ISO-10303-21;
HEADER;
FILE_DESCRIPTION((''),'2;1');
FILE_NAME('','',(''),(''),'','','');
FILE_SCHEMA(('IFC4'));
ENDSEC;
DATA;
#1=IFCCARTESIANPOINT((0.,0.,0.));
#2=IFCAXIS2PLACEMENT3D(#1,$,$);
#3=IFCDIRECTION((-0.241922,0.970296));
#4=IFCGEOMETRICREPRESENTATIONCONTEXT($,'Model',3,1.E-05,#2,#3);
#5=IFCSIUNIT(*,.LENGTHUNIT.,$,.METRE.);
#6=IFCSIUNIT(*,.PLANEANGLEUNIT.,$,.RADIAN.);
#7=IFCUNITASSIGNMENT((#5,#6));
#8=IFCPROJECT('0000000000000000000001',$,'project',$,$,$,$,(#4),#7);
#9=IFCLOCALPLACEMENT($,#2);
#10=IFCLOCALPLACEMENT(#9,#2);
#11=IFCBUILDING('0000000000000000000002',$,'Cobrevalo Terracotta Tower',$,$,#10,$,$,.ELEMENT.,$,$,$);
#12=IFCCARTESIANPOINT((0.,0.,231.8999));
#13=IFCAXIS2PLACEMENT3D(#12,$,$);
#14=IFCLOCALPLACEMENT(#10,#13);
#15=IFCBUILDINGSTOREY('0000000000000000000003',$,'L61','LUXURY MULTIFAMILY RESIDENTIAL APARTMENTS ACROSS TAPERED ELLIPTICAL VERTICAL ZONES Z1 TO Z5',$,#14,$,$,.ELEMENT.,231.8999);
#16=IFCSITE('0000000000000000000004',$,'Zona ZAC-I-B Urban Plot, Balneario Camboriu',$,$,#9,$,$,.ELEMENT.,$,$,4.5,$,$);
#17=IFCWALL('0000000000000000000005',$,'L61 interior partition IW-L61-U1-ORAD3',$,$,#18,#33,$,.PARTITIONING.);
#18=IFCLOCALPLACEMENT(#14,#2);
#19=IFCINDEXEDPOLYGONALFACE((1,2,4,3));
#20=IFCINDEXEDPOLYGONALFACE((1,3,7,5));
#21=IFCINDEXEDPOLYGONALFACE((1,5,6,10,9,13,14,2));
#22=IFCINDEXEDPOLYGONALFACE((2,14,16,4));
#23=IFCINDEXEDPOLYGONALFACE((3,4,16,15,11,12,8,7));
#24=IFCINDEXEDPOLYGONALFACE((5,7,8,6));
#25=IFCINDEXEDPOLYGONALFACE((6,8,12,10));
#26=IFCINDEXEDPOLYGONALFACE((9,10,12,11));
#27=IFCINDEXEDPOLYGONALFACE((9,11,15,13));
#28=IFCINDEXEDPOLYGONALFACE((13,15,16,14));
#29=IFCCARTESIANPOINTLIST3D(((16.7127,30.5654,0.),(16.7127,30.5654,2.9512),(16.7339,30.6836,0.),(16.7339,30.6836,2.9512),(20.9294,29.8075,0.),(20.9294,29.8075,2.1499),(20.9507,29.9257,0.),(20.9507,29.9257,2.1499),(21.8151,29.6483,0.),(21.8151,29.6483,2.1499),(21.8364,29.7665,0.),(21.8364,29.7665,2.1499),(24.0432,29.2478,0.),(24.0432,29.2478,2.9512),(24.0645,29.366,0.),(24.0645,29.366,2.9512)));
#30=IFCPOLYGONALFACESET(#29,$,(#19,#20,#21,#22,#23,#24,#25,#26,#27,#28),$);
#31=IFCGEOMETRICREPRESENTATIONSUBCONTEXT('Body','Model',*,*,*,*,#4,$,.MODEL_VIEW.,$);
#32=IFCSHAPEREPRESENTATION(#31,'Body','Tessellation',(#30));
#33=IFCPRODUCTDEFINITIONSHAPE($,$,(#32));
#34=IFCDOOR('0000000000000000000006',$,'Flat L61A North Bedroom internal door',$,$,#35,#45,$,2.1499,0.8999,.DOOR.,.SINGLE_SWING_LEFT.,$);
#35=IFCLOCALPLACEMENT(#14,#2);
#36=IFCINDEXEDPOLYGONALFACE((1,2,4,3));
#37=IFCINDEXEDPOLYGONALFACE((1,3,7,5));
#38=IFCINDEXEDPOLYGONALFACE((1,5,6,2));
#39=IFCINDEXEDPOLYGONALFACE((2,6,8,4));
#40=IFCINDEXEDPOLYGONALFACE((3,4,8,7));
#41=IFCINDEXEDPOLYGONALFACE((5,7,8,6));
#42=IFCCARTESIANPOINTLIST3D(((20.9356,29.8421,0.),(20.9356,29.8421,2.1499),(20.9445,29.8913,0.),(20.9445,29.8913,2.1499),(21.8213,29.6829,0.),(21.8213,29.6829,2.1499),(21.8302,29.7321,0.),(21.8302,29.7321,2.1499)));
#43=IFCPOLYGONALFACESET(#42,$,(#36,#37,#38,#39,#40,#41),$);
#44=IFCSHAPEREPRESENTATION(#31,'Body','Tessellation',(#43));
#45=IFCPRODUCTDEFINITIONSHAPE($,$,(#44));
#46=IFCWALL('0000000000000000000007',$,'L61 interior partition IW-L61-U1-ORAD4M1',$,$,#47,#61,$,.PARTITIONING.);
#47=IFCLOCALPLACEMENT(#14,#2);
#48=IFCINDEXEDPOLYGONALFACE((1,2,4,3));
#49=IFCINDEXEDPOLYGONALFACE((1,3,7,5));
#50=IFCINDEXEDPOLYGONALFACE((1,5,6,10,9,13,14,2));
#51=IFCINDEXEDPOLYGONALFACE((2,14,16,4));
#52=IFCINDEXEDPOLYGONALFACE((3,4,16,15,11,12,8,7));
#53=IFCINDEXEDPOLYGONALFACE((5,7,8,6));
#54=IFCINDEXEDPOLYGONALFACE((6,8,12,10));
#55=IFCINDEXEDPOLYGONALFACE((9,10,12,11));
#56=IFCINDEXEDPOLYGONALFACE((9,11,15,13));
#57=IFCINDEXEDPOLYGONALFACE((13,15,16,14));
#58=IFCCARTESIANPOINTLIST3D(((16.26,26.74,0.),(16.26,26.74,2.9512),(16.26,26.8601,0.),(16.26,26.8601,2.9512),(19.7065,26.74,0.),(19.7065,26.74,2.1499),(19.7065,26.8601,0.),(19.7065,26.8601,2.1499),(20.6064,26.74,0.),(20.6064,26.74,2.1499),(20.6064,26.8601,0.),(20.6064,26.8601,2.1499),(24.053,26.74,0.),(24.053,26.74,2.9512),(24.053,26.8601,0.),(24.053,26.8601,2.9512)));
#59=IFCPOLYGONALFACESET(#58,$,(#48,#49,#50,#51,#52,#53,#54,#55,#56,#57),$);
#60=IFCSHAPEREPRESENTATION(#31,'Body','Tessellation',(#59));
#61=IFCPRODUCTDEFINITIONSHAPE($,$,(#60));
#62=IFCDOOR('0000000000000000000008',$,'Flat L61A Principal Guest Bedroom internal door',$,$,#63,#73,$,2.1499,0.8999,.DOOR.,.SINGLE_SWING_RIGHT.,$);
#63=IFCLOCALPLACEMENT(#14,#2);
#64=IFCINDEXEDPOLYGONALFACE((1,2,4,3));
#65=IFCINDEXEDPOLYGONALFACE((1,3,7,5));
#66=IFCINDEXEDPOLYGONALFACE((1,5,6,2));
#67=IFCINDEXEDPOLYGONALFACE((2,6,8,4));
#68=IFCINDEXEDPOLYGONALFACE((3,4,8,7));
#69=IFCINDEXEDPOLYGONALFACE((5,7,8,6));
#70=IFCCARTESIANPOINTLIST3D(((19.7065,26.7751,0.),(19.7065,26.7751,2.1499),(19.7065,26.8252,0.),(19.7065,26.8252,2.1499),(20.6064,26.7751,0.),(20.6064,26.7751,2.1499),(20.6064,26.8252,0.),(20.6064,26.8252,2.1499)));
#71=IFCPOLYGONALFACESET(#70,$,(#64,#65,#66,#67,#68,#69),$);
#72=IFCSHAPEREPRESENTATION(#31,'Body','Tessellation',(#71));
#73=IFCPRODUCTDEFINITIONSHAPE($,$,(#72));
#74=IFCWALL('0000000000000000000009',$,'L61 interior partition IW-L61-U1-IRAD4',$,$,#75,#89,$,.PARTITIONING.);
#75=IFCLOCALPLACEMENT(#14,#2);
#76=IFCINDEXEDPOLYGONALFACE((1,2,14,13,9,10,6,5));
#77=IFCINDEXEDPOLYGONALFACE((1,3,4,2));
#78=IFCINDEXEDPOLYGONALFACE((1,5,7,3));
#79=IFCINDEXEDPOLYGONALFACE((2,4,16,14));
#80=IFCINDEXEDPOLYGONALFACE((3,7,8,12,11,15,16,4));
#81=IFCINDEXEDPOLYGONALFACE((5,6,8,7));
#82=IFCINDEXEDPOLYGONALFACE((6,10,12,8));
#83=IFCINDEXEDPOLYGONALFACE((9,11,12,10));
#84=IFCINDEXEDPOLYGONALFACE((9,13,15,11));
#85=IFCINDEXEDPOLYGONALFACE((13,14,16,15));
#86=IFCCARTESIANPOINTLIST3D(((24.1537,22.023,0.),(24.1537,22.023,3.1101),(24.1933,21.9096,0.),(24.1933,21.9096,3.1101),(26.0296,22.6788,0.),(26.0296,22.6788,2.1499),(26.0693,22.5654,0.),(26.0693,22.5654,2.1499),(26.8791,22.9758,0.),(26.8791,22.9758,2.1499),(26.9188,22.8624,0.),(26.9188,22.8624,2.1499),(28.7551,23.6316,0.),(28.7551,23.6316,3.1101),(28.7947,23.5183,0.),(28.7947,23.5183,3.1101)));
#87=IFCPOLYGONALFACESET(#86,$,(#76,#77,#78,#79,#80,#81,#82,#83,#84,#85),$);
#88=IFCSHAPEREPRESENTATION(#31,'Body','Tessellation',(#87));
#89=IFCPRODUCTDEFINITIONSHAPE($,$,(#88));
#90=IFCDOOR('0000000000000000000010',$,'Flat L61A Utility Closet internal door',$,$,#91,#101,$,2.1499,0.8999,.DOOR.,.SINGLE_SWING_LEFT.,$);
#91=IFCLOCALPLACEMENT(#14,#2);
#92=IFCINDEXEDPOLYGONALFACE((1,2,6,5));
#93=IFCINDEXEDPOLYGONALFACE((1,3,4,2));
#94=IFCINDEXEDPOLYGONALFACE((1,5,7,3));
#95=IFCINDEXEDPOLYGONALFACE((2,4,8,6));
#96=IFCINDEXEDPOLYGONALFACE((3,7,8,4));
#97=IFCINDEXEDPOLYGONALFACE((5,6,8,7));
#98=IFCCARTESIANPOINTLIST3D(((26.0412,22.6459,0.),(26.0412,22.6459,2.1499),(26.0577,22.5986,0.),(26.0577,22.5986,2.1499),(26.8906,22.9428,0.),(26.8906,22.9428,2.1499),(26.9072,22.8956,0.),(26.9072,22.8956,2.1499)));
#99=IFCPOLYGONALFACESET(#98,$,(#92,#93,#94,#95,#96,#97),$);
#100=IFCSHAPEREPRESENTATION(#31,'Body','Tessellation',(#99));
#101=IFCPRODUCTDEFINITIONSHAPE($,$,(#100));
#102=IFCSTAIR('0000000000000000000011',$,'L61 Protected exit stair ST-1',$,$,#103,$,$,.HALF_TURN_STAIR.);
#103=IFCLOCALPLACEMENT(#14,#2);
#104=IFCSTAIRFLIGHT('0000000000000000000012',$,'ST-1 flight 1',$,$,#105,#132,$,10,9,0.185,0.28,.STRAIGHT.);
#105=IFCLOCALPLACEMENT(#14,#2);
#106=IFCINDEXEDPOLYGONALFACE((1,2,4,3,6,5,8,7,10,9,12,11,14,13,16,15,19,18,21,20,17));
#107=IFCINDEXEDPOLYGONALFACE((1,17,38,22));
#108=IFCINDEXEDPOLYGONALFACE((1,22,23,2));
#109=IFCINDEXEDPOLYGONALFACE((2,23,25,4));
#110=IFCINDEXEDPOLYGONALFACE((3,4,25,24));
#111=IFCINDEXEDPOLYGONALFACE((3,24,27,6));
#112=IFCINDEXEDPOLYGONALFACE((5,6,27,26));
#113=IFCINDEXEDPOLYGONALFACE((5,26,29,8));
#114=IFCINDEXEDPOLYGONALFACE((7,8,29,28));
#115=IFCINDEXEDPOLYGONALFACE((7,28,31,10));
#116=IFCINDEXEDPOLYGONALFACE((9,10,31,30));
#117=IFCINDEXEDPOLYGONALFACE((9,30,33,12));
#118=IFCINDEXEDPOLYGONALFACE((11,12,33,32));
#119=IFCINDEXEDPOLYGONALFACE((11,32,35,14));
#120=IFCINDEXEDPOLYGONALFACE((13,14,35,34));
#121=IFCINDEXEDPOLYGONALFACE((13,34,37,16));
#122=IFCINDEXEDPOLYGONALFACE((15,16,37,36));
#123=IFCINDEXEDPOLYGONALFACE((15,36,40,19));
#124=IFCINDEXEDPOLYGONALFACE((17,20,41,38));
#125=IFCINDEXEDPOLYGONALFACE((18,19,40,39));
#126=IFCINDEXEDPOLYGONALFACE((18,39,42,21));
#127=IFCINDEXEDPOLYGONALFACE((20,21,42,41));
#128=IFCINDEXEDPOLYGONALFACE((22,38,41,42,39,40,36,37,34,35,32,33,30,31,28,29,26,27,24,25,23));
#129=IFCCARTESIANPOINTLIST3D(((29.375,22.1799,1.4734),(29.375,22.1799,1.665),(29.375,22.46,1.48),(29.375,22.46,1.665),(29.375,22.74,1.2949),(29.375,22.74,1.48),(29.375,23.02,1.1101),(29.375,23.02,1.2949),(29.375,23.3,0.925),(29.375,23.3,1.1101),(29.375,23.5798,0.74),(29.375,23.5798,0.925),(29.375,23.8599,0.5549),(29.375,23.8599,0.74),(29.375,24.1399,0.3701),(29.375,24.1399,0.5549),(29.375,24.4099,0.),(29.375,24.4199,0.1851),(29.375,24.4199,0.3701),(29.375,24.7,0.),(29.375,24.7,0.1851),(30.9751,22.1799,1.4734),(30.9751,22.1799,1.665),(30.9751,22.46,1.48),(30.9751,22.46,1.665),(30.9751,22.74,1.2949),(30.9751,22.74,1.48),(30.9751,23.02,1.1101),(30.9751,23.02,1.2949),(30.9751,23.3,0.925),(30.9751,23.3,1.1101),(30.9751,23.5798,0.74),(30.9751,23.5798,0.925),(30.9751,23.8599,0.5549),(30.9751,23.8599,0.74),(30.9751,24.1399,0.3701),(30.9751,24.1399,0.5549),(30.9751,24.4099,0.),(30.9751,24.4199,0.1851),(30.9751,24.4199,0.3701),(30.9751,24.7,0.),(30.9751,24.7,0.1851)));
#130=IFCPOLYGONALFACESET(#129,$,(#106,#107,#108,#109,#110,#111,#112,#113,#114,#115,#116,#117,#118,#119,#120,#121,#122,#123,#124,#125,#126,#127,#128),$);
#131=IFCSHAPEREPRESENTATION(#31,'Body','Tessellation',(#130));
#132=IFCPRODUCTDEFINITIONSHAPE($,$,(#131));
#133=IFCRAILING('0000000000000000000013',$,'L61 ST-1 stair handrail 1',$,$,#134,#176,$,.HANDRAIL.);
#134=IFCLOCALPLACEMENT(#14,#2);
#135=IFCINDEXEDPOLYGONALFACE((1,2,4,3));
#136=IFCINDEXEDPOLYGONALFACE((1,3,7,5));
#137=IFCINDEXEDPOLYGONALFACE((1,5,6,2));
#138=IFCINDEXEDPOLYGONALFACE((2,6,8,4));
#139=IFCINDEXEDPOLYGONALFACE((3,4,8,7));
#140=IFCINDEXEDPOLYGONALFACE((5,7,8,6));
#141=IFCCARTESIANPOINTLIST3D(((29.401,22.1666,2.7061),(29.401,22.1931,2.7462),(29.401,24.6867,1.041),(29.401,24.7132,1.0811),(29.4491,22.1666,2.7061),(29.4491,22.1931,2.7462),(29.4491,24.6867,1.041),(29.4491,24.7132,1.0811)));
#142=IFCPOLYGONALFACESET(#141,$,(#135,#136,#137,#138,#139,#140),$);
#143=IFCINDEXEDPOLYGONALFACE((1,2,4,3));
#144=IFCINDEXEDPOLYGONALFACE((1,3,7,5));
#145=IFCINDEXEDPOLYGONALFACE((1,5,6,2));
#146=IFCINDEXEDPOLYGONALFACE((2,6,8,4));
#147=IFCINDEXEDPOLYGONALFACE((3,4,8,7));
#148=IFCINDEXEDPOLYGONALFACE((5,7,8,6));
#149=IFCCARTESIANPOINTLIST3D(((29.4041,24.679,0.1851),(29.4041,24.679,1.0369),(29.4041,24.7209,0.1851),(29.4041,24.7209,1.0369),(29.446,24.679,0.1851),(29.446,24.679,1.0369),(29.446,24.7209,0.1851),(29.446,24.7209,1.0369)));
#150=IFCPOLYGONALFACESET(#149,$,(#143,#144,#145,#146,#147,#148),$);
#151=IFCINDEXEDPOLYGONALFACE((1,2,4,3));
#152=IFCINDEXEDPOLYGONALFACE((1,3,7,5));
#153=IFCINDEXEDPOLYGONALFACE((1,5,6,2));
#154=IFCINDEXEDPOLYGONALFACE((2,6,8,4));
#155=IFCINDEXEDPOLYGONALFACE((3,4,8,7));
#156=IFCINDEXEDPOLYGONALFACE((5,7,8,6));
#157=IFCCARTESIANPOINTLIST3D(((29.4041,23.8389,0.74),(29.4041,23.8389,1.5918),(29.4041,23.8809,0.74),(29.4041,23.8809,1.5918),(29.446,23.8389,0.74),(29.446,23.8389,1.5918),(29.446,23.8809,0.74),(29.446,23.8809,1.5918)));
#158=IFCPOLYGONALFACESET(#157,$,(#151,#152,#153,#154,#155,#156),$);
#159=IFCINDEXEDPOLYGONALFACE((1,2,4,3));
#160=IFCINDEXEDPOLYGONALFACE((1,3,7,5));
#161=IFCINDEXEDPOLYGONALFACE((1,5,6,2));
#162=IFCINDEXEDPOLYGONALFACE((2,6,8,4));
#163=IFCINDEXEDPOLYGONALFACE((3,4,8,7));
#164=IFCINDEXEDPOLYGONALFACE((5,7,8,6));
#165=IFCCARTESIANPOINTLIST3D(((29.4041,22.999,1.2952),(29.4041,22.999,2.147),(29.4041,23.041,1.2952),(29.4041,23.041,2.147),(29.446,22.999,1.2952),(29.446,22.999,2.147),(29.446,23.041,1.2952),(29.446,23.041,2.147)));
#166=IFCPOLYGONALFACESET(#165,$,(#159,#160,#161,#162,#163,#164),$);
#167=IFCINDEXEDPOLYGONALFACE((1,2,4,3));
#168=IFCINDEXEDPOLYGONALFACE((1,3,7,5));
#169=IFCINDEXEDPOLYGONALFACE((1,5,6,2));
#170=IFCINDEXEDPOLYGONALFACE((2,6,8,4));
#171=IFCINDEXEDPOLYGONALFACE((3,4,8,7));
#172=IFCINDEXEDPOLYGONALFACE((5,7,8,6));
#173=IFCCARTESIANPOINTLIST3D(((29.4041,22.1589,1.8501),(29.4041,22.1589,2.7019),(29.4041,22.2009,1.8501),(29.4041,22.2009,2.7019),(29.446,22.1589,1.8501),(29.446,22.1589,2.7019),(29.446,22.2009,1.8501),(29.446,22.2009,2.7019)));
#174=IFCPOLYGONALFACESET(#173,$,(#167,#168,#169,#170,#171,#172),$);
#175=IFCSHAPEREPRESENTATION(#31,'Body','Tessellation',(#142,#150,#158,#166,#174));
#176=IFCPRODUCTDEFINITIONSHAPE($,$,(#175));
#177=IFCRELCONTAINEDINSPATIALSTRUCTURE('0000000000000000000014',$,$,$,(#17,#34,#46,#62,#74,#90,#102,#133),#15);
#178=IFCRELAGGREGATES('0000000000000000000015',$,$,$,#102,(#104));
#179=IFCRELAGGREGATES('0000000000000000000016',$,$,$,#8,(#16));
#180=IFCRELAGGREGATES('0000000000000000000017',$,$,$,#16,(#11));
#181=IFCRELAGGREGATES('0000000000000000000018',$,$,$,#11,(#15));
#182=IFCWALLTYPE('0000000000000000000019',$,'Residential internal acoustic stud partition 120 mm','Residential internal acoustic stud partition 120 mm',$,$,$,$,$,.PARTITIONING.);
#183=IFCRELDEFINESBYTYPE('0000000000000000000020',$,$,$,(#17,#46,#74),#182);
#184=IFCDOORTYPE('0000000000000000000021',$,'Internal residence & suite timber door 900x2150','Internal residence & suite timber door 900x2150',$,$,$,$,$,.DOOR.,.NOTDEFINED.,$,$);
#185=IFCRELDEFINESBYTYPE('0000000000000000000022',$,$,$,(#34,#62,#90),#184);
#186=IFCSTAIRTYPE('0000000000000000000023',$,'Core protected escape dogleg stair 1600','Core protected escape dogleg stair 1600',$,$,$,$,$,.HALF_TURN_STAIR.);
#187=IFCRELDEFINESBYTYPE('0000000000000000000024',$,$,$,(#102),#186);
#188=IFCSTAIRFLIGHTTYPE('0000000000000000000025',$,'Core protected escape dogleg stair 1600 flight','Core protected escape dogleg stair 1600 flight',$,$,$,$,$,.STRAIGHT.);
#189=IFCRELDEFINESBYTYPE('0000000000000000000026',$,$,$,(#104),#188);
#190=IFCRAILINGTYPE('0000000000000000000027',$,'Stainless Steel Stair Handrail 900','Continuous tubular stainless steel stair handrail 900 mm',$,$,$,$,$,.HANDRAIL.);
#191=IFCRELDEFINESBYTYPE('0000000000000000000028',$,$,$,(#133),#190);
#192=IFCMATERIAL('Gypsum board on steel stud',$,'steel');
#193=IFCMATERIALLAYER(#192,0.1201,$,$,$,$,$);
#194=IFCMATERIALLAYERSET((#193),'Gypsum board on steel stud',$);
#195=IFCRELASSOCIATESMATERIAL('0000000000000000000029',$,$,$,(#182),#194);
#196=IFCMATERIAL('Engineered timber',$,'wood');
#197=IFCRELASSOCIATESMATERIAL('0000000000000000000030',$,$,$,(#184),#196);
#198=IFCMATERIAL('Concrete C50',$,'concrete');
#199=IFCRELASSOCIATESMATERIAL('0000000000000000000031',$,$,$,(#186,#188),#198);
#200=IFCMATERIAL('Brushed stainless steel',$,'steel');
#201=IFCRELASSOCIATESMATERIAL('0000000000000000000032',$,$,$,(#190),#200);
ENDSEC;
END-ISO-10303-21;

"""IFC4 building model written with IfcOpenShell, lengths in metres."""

from ifc_helpers import new_model, si_unit, direction, frame, frame_2d, origin, origin_2d, place, context, subcontext, project, spatial, polyline, rectangle, outline, extrude, source, transform, mapped, material, layer, layer_set, type_object, element, fill, aggregate, save


model = new_model("IFC4")

# Units and contexts
model_context = context("Model", 3, precision=1e-05, world=origin(), true_north=direction((-0.241922, 0.970296)))
body_context = subcontext(model_context, "Body", "Model", "MODEL_VIEW")
ifc_project = project(units=[si_unit("LENGTHUNIT", "METRE"), si_unit("PLANEANGLEUNIT", "RADIAN")], contexts=[model_context])

# Site, building, storey
site_placement = place(None, origin())
site = spatial("IfcSite", under=ifc_project, at=site_placement, Name="Zona ZAC-I-B Urban Plot, Balneario Camboriu", CompositionType="ELEMENT", RefElevation=4.5)
building_placement = place(site_placement, origin())
building = spatial("IfcBuilding", under=site, at=building_placement, Name="Cobrevalo Terracotta Tower", CompositionType="ELEMENT")
storey_placement = place(building_placement, frame((0.0, 0.0, 231.8999)))
storey = spatial("IfcBuildingStorey", under=building, at=storey_placement, Name="L61", Description="LUXURY MULTIFAMILY RESIDENTIAL APARTMENTS ACROSS TAPERED ELLIPTICAL VERTICAL ZONES Z1 TO Z5", CompositionType="ELEMENT", Elevation=231.8999)

# Shared definitions
ifc_material_1 = material(Name="Gypsum board on steel stud", Category="steel")

# Shared definitions
ifc_material_2 = material(Name="Brushed stainless steel", Category="steel")

# Walls, openings, doors
ifc_layer_1 = layer(ifc_material_1, 0.1201)
ifc_layer_set_1 = layer_set([ifc_layer_1], Name="Gypsum board on steel stud")
wall_type_1 = type_object("IfcWallType", Name="Residential internal acoustic stud partition 120 mm", Description="Residential internal acoustic stud partition 120 mm", PredefinedType="PARTITIONING", material=ifc_layer_set_1)
wall_1_placement = place(storey_placement, frame((24.054, 29.3069, 0.0), z_axis=(0.0, 0.0, 1.0), x_axis=(-0.984227, 0.176909, 0.0)))
wall_1 = element("IfcWall", 1, at=wall_1_placement, inside=storey, type_object=wall_type_1, Name="L61 interior partition IW-L61-U1-ORAD3", PredefinedType="PARTITIONING", context=body_context, shape_type="SweptSolid", body=[
    extrude(rectangle(XDim=7.448, YDim=0.1201, at=frame_2d((3.7241, 0.0))), origin(), (0.0, 0.0, 1.0), 2.9512),
])
opening_1_placement = place(wall_1_placement, frame((2.2639, 0.0, 0.0)))
opening_1 = element("IfcOpeningElement", 2, at=opening_1_placement, cuts=wall_1, PredefinedType="OPENING", context=body_context, shape_type="SweptSolid", body=[
    extrude(rectangle(XDim=0.8999, YDim=2.1499, at=frame_2d((0.45, 1.075))), frame((0.0, 0.0701, 0.0), z_axis=(0.0, -1.0, 0.0), x_axis=(1.0, 0.0, 0.0)), (0.0, 0.0, 1.0), 0.1401),
])
ifc_material_3 = material(Name="Engineered timber", Category="wood")
door_type_1 = type_object("IfcDoorType", Name="Internal residence & suite timber door 900x2150", Description="Internal residence & suite timber door 900x2150", OperationType="NOTDEFINED", PredefinedType="DOOR", material=ifc_material_3)
shared_shape_1 = source(origin(), body_context, "Body", "SweptSolid", [
    extrude(rectangle(XDim=0.8999, YDim=2.1499, at=frame_2d((0.45, 1.075))), frame((0.0, 0.0249, 0.0), z_axis=(0.0, -1.0, 0.0), x_axis=(1.0, 0.0, 0.0)), (0.0, 0.0, 1.0), 0.05),
])
door_1_placement = place(opening_1_placement, origin())
door_1 = element("IfcDoor", 3, at=door_1_placement, inside=storey, type_object=door_type_1, Name="Flat L61A North Bedroom internal door", OperationType="SINGLE_SWING_LEFT", OverallHeight=2.1499, OverallWidth=0.8999, PredefinedType="DOOR", context=body_context, shape_type="MappedRepresentation", body=[
    mapped(shared_shape_1, transform((0.0, 0.0, 0.0), scale=1.0)),
])
fill(opening_1, door_1)
wall_2_placement = place(storey_placement, frame((24.053, 26.8, 0.0), z_axis=(0.0, 0.0, 1.0), x_axis=(-1.0, 0.0, 0.0)))
wall_2 = element("IfcWall", 4, at=wall_2_placement, inside=storey, type_object=wall_type_1, Name="L61 interior partition IW-L61-U1-ORAD4M1", PredefinedType="PARTITIONING", context=body_context, shape_type="SweptSolid", body=[
    extrude(rectangle(XDim=7.793, YDim=0.1201, at=frame_2d((3.8965, 0.0))), origin(), (0.0, 0.0, 1.0), 2.9512),
])
opening_2_placement = place(wall_2_placement, frame((3.4465, 0.0, 0.0)))
opening_2 = element("IfcOpeningElement", 5, at=opening_2_placement, cuts=wall_2, PredefinedType="OPENING", context=body_context, shape_type="SweptSolid", body=[
    extrude(rectangle(XDim=0.8999, YDim=2.1499, at=frame_2d((0.45, 1.075))), frame((0.0, 0.0701, 0.0), z_axis=(0.0, -1.0, 0.0), x_axis=(1.0, 0.0, 0.0)), (0.0, 0.0, 1.0), 0.1401),
])
door_2_placement = place(opening_2_placement, origin())
door_2 = element("IfcDoor", 6, at=door_2_placement, inside=storey, type_object=door_type_1, Name="Flat L61A Principal Guest Bedroom internal door", OperationType="SINGLE_SWING_RIGHT", OverallHeight=2.1499, OverallWidth=0.8999, PredefinedType="DOOR", context=body_context, shape_type="MappedRepresentation", body=[
    mapped(shared_shape_1, transform((0.0, 0.0, 0.0), scale=1.0)),
])
fill(opening_2, door_2)
wall_3_placement = place(storey_placement, frame((28.7749, 23.575, 0.0), z_axis=(0.0, 0.0, 1.0), x_axis=(-0.943975, -0.330018, 0.0)))
wall_3 = element("IfcWall", 7, at=wall_3_placement, inside=storey, type_object=wall_type_1, Name="L61 interior partition IW-L61-U1-IRAD4", PredefinedType="PARTITIONING", context=body_context, shape_type="SweptSolid", body=[
    extrude(rectangle(XDim=4.8745, YDim=0.1201, at=frame_2d((2.4373, 0.0))), origin(), (0.0, 0.0, 1.0), 3.1101),
])
opening_3_placement = place(wall_3_placement, frame((1.9873, 0.0, 0.0)))
opening_3 = element("IfcOpeningElement", 8, at=opening_3_placement, cuts=wall_3, PredefinedType="OPENING", context=body_context, shape_type="SweptSolid", body=[
    extrude(rectangle(XDim=0.8999, YDim=2.1499, at=frame_2d((0.45, 1.075))), frame((0.0, 0.0701, 0.0), z_axis=(0.0, -1.0, 0.0), x_axis=(1.0, 0.0, 0.0)), (0.0, 0.0, 1.0), 0.1401),
])
door_3_placement = place(opening_3_placement, origin())
door_3 = element("IfcDoor", 9, at=door_3_placement, inside=storey, type_object=door_type_1, Name="Flat L61A Utility Closet internal door", OperationType="SINGLE_SWING_LEFT", OverallHeight=2.1499, OverallWidth=0.8999, PredefinedType="DOOR", context=body_context, shape_type="MappedRepresentation", body=[
    mapped(shared_shape_1, transform((0.0, 0.0, 0.0), scale=1.0)),
])
fill(opening_3, door_3)
ifc_material_4 = material(Name="Concrete C50", Category="concrete")

# Stair, stair flight
stair_type = type_object("IfcStairType", Name="Core protected escape dogleg stair 1600", Description="Core protected escape dogleg stair 1600", PredefinedType="HALF_TURN_STAIR", material=ifc_material_4)
stair_placement = place(storey_placement, origin())
stair = element("IfcStair", 10, at=stair_placement, inside=storey, type_object=stair_type, Name="L61 Protected exit stair ST-1", PredefinedType="HALF_TURN_STAIR")
stair_flight_type = type_object("IfcStairFlightType", Name="Core protected escape dogleg stair 1600 flight", Description="Core protected escape dogleg stair 1600 flight", PredefinedType="STRAIGHT", material=ifc_material_4)
stair_flight_placement = place(storey_placement, frame((30.175, 24.7, 0.0), z_axis=(0.0, 0.0, 1.0), x_axis=(0.0, -1.0, 0.0)))
stair_flight = element("IfcStairFlight", 11, at=stair_flight_placement, type_object=stair_flight_type, Name="ST-1 flight 1", NumberOfRisers=10, NumberOfTreads=9, PredefinedType="STRAIGHT", RiserHeight=0.185, TreadLength=0.28, context=body_context, shape_type="SweptSolid", body=[
    extrude(outline(polyline([(0.0, 0.0), (0.0, 0.1851), (0.28, 0.1851), (0.28, 0.3701), (0.5601, 0.3701), (0.5601, 0.5549), (0.8401, 0.5549), (0.8401, 0.74), (1.1201, 0.74), (1.1201, 0.925), (1.3999, 0.925), (1.3999, 1.1101), (1.6799, 1.1101), (1.6799, 1.2949), (1.96, 1.2949), (1.96, 1.48), (2.24, 1.48), (2.24, 1.665), (2.52, 1.665), (2.52, 1.8501), (2.52, 1.4734), (0.29, 0.0), (0.0, 0.0)])), frame((0.0, 0.8, 0.0), z_axis=(0.0, -1.0, 0.0), x_axis=(1.0, 0.0, 0.0)), (0.0, 0.0, 1.0), 1.6001),
])
aggregate(stair, [stair_flight])

# Railing
railing_type_1 = type_object("IfcRailingType", Name="Stainless Steel Stair Handrail 900", Description="Continuous tubular stainless steel stair handrail 900 mm", PredefinedType="HANDRAIL", material=ifc_material_2)
railing_1_placement = place(storey_placement, frame((29.425, 24.7, 0.1851)))
element("IfcRailing", 12, at=railing_1_placement, inside=storey, type_object=railing_type_1, Name="L61 ST-1 stair handrail 1", PredefinedType="HANDRAIL", context=body_context, shape_type="SweptSolid", body=[
    extrude(rectangle(XDim=0.0481, YDim=0.0481, at=origin_2d()), frame((0.0, 0.0, 0.876), z_axis=(0.0, -0.834331, 0.551263), x_axis=(1.0, 0.0, 0.0)), (0.0, 0.0, 1.0), 3.0205),
    extrude(rectangle(XDim=0.042, YDim=0.042, at=origin_2d()), origin(), (0.0, 0.0, 1.0), 0.8518),
    extrude(rectangle(XDim=0.042, YDim=0.042, at=origin_2d()), frame((0.0, -0.8401, 0.5549)), (0.0, 0.0, 1.0), 0.8518),
    extrude(rectangle(XDim=0.042, YDim=0.042, at=origin_2d()), frame((0.0, -1.6799, 1.1101)), (0.0, 0.0, 1.0), 0.8518),
    extrude(rectangle(XDim=0.042, YDim=0.042, at=origin_2d()), frame((0.0, -2.52, 1.665)), (0.0, 0.0, 1.0), 0.8518),
])

save(model, "model.ifc")
